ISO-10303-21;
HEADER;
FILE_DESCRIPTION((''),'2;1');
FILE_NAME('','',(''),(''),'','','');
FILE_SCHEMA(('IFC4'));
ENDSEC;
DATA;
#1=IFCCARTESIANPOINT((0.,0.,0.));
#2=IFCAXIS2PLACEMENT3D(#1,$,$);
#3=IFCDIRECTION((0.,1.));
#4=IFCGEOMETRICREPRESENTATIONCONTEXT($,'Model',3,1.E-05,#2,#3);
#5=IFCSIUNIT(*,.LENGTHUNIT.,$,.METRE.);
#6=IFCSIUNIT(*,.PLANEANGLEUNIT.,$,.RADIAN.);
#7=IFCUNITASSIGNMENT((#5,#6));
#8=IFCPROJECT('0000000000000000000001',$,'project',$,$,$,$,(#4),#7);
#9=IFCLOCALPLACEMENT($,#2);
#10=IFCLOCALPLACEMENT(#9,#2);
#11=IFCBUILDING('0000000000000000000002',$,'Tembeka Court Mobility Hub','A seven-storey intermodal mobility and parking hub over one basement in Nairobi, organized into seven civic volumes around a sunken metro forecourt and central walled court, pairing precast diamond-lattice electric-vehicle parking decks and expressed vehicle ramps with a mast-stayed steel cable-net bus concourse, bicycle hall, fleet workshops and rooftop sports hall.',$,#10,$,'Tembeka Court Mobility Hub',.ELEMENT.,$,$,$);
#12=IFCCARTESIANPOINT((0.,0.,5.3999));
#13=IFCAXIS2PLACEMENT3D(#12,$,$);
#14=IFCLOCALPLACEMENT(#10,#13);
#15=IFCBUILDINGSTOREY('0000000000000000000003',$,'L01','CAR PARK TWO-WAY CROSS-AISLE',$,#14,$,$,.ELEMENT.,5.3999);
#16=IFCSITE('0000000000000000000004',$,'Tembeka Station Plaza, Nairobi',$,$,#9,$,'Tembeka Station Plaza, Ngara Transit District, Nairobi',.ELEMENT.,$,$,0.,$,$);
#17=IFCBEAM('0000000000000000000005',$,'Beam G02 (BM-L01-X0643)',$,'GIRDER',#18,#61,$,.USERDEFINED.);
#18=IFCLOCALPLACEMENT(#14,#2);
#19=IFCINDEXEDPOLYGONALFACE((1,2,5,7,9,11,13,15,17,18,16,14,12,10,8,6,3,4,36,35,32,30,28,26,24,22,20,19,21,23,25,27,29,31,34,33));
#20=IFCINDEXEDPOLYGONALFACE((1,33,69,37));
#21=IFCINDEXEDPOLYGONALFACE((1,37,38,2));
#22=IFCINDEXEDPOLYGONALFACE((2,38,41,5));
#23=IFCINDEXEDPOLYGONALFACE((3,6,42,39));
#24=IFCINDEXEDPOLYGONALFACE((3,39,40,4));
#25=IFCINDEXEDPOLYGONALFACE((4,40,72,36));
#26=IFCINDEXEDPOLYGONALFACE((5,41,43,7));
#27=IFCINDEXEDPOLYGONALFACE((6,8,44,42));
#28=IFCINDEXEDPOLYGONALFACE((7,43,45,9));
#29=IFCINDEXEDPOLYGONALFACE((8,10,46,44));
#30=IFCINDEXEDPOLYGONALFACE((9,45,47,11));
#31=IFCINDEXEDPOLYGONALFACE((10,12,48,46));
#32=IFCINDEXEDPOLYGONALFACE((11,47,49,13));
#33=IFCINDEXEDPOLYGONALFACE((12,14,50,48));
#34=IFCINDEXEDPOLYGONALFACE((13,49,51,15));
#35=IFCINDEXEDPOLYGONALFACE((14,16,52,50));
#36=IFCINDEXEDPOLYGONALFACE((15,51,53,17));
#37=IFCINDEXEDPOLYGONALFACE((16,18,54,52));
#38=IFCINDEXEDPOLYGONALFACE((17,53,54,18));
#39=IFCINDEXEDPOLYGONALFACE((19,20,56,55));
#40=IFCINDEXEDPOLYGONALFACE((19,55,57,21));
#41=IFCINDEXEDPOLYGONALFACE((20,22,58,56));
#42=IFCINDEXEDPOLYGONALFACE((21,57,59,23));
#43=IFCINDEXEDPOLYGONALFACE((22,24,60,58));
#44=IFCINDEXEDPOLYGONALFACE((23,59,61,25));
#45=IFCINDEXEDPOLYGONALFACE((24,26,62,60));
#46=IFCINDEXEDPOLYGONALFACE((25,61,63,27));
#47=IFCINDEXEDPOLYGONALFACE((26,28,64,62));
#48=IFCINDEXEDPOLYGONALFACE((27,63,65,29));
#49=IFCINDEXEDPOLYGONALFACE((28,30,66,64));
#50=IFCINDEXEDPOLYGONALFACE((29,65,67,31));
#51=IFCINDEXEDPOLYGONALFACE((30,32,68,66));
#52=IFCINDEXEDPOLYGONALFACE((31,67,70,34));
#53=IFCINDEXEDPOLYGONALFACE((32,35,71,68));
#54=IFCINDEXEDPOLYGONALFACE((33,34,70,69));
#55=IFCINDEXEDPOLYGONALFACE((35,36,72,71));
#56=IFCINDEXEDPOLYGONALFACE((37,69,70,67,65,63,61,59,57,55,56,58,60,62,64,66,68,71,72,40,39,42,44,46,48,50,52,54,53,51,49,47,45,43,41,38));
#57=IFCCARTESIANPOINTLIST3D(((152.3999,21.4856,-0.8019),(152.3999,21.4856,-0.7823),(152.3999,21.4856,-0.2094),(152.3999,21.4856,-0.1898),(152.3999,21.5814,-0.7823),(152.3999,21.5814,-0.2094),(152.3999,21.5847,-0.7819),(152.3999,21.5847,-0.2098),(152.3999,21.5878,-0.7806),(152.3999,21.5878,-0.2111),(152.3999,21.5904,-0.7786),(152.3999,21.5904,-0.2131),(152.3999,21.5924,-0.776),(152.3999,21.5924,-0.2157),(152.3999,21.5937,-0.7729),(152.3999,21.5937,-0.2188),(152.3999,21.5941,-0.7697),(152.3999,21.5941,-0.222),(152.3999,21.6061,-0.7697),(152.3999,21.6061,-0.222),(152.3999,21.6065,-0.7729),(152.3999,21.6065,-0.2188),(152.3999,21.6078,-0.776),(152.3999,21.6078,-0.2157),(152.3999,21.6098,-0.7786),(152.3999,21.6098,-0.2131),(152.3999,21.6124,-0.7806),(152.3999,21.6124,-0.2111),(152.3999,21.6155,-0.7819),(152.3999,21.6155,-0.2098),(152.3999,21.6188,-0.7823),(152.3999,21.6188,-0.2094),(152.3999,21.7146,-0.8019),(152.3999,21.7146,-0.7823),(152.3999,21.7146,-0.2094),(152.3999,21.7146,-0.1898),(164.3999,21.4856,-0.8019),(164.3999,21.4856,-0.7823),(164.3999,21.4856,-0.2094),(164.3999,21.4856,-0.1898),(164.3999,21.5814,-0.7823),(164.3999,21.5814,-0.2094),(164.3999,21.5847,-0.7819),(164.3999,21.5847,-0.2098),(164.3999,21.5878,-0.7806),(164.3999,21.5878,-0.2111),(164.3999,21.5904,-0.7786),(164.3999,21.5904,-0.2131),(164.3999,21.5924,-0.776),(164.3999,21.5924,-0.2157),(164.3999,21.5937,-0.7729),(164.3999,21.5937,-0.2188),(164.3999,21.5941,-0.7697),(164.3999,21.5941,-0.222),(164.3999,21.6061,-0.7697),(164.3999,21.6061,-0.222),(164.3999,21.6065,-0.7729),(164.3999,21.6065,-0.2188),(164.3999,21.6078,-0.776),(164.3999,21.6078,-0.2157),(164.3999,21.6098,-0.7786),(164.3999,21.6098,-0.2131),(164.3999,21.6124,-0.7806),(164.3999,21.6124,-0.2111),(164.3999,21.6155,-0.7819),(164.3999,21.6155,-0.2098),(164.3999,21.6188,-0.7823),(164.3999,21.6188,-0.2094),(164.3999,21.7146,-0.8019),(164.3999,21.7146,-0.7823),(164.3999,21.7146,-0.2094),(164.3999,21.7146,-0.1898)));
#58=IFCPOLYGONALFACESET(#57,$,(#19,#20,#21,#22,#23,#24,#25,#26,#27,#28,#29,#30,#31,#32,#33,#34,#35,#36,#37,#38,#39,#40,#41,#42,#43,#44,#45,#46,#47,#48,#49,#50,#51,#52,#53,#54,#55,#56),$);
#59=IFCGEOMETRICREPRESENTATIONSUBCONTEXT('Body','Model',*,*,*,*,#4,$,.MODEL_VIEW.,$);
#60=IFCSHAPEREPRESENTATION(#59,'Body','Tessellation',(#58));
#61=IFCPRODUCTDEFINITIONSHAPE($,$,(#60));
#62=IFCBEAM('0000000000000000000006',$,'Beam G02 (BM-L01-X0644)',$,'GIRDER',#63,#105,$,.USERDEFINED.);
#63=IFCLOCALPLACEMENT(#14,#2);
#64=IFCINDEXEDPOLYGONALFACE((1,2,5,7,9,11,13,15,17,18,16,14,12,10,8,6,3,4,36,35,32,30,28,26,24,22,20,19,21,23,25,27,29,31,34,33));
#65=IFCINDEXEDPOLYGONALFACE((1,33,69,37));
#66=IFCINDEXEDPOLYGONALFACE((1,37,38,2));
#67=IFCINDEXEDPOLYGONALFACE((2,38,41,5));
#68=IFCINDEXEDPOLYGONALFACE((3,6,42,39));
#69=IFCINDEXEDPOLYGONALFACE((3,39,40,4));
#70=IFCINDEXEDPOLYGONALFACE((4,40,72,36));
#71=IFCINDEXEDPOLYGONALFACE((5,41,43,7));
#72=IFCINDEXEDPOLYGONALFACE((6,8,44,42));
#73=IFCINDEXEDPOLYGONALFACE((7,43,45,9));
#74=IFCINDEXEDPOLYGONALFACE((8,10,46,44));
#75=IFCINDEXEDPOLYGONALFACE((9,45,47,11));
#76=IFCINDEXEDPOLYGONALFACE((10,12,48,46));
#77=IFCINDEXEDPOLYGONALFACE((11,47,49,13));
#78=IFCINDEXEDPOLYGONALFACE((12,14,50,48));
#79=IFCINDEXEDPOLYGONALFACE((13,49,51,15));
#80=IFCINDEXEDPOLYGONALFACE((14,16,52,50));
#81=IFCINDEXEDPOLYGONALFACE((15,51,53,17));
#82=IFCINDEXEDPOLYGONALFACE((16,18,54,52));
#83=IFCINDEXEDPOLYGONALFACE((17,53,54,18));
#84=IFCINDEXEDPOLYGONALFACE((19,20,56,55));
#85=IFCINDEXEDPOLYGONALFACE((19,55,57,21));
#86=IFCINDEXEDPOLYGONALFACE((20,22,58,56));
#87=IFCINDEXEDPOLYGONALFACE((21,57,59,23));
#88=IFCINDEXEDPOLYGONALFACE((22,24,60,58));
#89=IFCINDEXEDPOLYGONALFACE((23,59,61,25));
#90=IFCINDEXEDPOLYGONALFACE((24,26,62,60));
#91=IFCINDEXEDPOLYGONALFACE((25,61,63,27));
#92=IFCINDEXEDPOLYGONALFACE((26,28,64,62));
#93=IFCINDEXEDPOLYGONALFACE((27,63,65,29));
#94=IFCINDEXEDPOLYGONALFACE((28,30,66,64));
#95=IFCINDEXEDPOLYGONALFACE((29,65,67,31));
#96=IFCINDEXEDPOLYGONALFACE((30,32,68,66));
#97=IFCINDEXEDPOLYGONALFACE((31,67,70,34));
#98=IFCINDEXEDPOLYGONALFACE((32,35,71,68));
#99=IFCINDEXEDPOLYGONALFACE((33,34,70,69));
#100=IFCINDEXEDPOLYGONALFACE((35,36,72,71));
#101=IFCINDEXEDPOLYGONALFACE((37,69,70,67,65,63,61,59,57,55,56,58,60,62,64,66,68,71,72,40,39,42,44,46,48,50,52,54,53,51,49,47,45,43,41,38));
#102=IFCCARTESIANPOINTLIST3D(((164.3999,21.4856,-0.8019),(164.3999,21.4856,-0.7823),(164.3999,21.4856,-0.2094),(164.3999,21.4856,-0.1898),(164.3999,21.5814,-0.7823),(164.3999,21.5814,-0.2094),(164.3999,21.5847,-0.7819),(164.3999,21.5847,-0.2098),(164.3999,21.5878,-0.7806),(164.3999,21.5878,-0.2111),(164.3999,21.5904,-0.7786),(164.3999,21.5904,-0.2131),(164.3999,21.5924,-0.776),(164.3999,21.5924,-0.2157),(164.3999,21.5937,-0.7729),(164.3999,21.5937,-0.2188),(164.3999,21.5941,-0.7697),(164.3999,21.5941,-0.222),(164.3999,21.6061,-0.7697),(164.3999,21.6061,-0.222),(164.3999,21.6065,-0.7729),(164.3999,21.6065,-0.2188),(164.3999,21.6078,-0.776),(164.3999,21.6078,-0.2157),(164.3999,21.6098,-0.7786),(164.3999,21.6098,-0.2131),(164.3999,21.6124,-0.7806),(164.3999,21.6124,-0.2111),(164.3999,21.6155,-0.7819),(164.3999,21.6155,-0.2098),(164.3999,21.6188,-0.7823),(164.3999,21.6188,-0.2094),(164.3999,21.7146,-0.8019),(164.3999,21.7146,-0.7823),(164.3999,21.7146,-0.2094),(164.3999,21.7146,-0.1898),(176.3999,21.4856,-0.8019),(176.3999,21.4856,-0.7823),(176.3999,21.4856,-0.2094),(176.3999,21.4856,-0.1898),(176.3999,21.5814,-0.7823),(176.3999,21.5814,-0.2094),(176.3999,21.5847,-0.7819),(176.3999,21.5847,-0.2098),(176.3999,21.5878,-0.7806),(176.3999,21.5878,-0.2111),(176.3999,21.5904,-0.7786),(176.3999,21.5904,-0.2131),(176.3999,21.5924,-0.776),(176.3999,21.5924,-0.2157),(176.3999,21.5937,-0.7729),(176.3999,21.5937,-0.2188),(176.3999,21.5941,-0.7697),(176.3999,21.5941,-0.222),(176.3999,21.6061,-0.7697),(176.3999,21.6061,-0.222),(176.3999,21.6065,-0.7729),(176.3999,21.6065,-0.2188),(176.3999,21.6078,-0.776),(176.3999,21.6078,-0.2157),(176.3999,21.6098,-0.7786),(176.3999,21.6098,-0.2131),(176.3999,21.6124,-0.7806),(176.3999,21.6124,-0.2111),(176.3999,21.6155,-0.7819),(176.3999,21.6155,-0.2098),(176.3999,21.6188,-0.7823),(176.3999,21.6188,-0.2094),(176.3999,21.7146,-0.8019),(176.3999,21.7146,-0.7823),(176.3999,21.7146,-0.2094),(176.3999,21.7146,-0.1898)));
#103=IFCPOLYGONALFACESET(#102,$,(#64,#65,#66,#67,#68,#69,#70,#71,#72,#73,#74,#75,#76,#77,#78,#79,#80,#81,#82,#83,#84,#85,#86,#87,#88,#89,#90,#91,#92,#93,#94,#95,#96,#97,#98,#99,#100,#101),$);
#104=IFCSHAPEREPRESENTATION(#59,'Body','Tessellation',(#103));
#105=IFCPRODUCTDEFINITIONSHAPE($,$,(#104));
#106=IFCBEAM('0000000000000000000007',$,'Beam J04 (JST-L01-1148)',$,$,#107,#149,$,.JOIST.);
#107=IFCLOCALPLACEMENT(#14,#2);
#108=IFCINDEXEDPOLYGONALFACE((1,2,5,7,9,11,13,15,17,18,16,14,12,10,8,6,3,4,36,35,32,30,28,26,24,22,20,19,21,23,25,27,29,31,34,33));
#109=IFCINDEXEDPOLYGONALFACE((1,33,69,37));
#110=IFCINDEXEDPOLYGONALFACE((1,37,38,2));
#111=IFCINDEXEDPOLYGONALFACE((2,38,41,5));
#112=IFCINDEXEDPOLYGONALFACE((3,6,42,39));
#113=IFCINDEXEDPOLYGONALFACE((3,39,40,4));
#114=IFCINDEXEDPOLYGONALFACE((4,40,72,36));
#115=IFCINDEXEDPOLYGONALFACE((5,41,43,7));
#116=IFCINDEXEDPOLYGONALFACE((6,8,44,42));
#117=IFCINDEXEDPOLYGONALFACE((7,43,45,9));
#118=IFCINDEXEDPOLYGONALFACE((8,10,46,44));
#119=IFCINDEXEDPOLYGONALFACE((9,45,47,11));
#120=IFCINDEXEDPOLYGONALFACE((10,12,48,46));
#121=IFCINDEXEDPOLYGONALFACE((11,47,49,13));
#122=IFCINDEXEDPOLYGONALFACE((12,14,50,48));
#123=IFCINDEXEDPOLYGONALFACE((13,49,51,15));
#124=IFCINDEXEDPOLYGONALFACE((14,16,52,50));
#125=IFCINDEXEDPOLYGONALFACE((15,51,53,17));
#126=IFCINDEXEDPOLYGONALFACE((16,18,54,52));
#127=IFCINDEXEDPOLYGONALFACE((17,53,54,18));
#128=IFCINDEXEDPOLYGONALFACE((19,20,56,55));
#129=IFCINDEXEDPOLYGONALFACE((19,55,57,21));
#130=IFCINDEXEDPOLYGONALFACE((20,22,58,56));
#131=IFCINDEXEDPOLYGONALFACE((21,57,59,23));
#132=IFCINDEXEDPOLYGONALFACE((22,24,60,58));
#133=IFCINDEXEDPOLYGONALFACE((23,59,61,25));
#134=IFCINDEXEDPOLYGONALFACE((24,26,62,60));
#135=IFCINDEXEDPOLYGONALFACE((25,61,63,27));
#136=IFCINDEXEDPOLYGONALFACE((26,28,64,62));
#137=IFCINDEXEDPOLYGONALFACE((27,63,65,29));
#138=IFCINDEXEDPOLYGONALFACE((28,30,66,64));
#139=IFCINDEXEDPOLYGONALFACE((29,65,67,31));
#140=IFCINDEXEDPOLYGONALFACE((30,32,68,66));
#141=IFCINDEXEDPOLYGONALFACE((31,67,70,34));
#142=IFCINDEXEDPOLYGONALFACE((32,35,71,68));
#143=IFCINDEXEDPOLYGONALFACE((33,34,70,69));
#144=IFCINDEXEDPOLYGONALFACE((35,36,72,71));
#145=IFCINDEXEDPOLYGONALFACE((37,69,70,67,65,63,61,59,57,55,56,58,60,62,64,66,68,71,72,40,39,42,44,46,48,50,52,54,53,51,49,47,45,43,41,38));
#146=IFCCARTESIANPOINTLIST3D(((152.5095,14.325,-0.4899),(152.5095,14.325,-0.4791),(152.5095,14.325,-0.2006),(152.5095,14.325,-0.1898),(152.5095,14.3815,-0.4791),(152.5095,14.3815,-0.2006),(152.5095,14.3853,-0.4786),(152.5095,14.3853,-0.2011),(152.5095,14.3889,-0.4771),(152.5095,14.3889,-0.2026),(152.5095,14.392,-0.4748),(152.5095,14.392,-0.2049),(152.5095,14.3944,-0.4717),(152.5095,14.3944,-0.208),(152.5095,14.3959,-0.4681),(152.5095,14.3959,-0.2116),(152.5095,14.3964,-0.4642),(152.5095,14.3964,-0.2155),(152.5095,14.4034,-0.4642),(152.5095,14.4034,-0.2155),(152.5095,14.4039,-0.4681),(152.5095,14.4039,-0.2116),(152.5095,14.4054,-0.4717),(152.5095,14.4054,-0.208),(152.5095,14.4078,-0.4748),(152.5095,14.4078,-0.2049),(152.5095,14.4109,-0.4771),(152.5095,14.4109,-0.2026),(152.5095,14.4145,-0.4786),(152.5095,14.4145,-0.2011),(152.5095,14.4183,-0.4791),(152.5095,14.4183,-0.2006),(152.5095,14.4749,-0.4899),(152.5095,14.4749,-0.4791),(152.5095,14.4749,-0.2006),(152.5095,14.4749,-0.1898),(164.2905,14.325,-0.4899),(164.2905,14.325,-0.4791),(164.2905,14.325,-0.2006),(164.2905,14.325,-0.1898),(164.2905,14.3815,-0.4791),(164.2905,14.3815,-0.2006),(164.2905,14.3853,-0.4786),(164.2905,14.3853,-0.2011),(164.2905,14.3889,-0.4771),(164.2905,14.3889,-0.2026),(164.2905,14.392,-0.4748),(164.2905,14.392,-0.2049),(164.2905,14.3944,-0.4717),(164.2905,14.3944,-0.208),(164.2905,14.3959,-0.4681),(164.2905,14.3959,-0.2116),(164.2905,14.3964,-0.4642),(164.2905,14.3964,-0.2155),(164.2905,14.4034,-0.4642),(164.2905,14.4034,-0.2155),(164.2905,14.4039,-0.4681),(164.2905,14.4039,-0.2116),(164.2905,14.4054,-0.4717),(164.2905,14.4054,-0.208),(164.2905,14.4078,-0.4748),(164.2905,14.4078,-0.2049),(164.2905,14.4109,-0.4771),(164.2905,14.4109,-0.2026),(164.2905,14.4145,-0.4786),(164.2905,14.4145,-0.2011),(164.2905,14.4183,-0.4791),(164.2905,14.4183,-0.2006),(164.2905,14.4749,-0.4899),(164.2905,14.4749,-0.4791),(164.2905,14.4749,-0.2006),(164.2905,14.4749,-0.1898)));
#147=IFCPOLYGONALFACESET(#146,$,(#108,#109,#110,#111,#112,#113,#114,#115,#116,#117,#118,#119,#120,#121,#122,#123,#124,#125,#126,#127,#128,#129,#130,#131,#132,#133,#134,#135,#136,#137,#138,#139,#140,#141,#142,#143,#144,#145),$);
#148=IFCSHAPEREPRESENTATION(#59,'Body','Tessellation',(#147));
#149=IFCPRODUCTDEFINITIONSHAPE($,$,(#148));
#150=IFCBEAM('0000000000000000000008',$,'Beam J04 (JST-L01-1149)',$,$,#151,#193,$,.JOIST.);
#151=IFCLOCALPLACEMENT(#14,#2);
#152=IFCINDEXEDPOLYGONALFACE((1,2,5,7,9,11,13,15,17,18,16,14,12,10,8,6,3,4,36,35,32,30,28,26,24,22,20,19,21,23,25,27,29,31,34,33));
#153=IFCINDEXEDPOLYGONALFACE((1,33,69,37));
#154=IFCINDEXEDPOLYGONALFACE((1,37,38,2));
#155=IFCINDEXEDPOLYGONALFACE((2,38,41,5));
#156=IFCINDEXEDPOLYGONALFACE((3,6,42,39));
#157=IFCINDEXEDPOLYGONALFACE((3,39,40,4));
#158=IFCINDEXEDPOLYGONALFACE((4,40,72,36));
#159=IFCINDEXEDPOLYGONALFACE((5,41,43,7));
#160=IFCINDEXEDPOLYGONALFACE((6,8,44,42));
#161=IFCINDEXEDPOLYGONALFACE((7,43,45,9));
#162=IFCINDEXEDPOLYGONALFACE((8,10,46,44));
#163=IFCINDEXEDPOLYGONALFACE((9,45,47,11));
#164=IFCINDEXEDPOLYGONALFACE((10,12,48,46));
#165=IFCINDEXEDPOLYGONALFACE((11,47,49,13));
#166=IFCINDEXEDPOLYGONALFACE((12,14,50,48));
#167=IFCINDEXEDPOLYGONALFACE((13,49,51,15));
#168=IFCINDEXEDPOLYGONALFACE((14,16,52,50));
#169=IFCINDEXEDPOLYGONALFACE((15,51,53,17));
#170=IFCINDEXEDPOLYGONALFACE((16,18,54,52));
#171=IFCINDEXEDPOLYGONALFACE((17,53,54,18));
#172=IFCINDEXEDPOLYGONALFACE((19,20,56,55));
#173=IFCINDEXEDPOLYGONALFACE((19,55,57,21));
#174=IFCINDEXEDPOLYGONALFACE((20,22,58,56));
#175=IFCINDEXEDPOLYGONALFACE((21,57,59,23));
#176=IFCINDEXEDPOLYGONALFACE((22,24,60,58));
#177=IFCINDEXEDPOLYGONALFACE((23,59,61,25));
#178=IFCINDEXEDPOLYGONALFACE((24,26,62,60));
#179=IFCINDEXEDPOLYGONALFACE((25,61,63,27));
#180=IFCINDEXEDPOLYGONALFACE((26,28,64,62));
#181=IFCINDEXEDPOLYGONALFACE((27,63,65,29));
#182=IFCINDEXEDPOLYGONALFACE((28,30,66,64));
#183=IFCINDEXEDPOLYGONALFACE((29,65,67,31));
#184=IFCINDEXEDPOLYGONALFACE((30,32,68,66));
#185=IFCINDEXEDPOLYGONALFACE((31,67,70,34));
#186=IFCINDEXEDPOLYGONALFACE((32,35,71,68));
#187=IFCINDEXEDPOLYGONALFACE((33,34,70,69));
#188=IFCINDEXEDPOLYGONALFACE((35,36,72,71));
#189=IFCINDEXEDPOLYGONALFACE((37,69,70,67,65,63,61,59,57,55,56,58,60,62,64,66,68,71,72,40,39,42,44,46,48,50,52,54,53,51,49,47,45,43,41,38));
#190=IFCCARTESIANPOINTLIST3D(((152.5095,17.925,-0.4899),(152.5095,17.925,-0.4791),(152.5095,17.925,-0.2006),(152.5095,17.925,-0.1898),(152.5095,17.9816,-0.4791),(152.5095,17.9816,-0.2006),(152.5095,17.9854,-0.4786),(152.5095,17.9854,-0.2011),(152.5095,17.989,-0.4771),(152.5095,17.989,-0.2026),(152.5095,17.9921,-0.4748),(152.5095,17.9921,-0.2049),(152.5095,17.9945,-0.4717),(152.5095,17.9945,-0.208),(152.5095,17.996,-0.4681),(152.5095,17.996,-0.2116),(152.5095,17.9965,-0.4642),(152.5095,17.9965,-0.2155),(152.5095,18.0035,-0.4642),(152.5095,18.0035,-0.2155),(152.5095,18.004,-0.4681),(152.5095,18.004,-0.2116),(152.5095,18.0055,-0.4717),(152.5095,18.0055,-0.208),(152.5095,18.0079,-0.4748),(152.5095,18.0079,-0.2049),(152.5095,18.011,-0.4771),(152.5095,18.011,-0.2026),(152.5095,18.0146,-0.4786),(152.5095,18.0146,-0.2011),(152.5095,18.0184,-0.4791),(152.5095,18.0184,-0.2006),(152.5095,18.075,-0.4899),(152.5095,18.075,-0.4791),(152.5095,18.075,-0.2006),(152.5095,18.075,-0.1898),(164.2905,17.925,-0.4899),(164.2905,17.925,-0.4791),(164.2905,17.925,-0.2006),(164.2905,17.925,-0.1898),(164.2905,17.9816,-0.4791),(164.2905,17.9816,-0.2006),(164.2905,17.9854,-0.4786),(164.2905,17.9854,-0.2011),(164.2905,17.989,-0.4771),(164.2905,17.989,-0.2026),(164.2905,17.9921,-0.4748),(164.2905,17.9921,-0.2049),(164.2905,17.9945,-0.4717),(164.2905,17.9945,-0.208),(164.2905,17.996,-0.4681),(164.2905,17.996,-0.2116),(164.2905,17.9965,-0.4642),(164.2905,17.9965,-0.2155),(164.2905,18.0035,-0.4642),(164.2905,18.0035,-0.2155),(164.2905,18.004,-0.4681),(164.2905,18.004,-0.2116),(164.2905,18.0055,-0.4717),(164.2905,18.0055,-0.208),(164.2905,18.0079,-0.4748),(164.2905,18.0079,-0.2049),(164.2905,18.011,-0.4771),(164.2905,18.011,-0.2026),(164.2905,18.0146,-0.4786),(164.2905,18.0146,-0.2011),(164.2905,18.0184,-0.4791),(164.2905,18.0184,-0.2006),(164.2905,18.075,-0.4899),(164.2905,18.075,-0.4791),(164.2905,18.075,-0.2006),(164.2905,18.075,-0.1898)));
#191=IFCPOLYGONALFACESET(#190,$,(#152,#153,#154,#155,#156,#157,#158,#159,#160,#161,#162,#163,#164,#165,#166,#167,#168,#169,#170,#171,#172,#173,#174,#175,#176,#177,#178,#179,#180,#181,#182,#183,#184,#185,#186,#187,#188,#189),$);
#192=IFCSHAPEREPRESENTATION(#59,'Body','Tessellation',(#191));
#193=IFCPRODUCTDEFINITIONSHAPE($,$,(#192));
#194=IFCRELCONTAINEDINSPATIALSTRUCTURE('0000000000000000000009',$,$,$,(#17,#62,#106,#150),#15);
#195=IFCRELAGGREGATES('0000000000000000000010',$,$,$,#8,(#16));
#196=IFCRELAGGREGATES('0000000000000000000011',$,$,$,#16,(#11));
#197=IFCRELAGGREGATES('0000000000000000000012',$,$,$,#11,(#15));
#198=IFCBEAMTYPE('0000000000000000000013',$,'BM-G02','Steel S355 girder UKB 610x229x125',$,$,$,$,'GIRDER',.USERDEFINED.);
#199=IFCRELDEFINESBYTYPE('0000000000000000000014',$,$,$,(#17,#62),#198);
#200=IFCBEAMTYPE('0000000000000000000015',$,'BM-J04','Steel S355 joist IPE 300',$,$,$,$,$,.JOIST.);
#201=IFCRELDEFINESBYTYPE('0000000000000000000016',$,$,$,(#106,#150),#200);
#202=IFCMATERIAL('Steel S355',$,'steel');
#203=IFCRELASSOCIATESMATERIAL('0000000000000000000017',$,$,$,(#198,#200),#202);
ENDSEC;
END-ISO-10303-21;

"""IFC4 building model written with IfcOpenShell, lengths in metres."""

from ifc_helpers import new_model, si_unit, direction, frame, origin, origin_2d, place, context, subcontext, project, spatial, i_section, extrude, material, material_profile, profile_set, type_object, element, save


model = new_model("IFC4")

# Units and contexts
model_context = context("Model", 3, precision=1e-05, world=origin(), true_north=direction((0.0, 1.0)))
body_context = subcontext(model_context, "Body", "Model", "MODEL_VIEW")
ifc_project = project(units=[si_unit("LENGTHUNIT", "METRE"), si_unit("PLANEANGLEUNIT", "RADIAN")], contexts=[model_context])

# Site, building, storey
site_placement = place(None, origin())
site = spatial("IfcSite", under=ifc_project, at=site_placement, Name="Tembeka Station Plaza, Nairobi", LongName="Tembeka Station Plaza, Ngara Transit District, Nairobi", CompositionType="ELEMENT", RefElevation=0.0)
building_placement = place(site_placement, origin())
building = spatial("IfcBuilding", under=site, at=building_placement, Name="Tembeka Court Mobility Hub", Description="A seven-storey intermodal mobility and parking hub over one basement in Nairobi, organized into seven civic volumes around a sunken metro forecourt and central walled court, pairing precast diamond-lattice electric-vehicle parking decks and expressed vehicle ramps with a mast-stayed steel cable-net bus concourse, bicycle hall, fleet workshops and rooftop sports hall.", LongName="Tembeka Court Mobility Hub", CompositionType="ELEMENT")
storey_placement = place(building_placement, frame((0.0, 0.0, 5.3999)))
storey = spatial("IfcBuildingStorey", under=building, at=storey_placement, Name="L01", Description="CAR PARK TWO-WAY CROSS-AISLE", CompositionType="ELEMENT", Elevation=5.3999)

# Shared definitions
ifc_material_1 = material(Name="Steel S355", Category="steel")

# Beams
ifc_material_profile_1 = material_profile(ifc_material_1, i_section(OverallWidth=0.229, OverallDepth=0.6121, WebThickness=0.012, FlangeThickness=0.0195, FilletRadius=0.0127, at=origin_2d()), Name="UKB 610x229x125")
ifc_profile_set_1 = profile_set([ifc_material_profile_1], Name="Steel S355")
beam_type_1 = type_object("IfcBeamType", Name="BM-G02", Description="Steel S355 girder UKB 610x229x125", ElementType="GIRDER", PredefinedType="USERDEFINED", material=ifc_profile_set_1)
for number, where, z_axis, x_axis, name in (
    (1, (152.3999, 21.6001, -0.4958), (1.0, 0.0, 0.0), (0.0, 1.0, 0.0), "Beam G02 (BM-L01-X0643)"),
    (2, (164.3999, 21.6001, -0.4958), (1.0, 0.0, 0.0), (0.0, 1.0, 0.0), "Beam G02 (BM-L01-X0644)"),
):
    element("IfcBeam", number, at=place(storey_placement, frame(where, z_axis=z_axis, x_axis=x_axis)), inside=storey, type_object=beam_type_1, Name=name, ObjectType="GIRDER", PredefinedType="USERDEFINED", context=body_context, shape_type="SweptSolid", body=[
        extrude(i_section(OverallWidth=0.229, OverallDepth=0.6121, WebThickness=0.012, FlangeThickness=0.0195, FilletRadius=0.0127, at=origin_2d()), origin(), (0.0, 0.0, 1.0), 12.0),
    ])
ifc_material_profile_2 = material_profile(ifc_material_1, i_section(OverallWidth=0.1499, OverallDepth=0.3, WebThickness=0.0071, FlangeThickness=0.0107, FilletRadius=0.0149, at=origin_2d()), Name="IPE 300")
ifc_profile_set_2 = profile_set([ifc_material_profile_2], Name="Steel S355")
beam_type_2 = type_object("IfcBeamType", Name="BM-J04", Description="Steel S355 joist IPE 300", PredefinedType="JOIST", material=ifc_profile_set_2)
for number, where, z_axis, x_axis, name in (
    (3, (152.5095, 14.3999, -0.3398), (1.0, 0.0, 0.0), (0.0, 1.0, 0.0), "Beam J04 (JST-L01-1148)"),
    (4, (152.5095, 18.0, -0.3398), (1.0, 0.0, 0.0), (0.0, 1.0, 0.0), "Beam J04 (JST-L01-1149)"),
):
    element("IfcBeam", number, at=place(storey_placement, frame(where, z_axis=z_axis, x_axis=x_axis)), inside=storey, type_object=beam_type_2, Name=name, PredefinedType="JOIST", context=body_context, shape_type="SweptSolid", body=[
        extrude(i_section(OverallWidth=0.1499, OverallDepth=0.3, WebThickness=0.0071, FlangeThickness=0.0107, FilletRadius=0.0149, at=origin_2d()), origin(), (0.0, 0.0, 1.0), 11.781),
    ])

save(model, "model.ifc")
